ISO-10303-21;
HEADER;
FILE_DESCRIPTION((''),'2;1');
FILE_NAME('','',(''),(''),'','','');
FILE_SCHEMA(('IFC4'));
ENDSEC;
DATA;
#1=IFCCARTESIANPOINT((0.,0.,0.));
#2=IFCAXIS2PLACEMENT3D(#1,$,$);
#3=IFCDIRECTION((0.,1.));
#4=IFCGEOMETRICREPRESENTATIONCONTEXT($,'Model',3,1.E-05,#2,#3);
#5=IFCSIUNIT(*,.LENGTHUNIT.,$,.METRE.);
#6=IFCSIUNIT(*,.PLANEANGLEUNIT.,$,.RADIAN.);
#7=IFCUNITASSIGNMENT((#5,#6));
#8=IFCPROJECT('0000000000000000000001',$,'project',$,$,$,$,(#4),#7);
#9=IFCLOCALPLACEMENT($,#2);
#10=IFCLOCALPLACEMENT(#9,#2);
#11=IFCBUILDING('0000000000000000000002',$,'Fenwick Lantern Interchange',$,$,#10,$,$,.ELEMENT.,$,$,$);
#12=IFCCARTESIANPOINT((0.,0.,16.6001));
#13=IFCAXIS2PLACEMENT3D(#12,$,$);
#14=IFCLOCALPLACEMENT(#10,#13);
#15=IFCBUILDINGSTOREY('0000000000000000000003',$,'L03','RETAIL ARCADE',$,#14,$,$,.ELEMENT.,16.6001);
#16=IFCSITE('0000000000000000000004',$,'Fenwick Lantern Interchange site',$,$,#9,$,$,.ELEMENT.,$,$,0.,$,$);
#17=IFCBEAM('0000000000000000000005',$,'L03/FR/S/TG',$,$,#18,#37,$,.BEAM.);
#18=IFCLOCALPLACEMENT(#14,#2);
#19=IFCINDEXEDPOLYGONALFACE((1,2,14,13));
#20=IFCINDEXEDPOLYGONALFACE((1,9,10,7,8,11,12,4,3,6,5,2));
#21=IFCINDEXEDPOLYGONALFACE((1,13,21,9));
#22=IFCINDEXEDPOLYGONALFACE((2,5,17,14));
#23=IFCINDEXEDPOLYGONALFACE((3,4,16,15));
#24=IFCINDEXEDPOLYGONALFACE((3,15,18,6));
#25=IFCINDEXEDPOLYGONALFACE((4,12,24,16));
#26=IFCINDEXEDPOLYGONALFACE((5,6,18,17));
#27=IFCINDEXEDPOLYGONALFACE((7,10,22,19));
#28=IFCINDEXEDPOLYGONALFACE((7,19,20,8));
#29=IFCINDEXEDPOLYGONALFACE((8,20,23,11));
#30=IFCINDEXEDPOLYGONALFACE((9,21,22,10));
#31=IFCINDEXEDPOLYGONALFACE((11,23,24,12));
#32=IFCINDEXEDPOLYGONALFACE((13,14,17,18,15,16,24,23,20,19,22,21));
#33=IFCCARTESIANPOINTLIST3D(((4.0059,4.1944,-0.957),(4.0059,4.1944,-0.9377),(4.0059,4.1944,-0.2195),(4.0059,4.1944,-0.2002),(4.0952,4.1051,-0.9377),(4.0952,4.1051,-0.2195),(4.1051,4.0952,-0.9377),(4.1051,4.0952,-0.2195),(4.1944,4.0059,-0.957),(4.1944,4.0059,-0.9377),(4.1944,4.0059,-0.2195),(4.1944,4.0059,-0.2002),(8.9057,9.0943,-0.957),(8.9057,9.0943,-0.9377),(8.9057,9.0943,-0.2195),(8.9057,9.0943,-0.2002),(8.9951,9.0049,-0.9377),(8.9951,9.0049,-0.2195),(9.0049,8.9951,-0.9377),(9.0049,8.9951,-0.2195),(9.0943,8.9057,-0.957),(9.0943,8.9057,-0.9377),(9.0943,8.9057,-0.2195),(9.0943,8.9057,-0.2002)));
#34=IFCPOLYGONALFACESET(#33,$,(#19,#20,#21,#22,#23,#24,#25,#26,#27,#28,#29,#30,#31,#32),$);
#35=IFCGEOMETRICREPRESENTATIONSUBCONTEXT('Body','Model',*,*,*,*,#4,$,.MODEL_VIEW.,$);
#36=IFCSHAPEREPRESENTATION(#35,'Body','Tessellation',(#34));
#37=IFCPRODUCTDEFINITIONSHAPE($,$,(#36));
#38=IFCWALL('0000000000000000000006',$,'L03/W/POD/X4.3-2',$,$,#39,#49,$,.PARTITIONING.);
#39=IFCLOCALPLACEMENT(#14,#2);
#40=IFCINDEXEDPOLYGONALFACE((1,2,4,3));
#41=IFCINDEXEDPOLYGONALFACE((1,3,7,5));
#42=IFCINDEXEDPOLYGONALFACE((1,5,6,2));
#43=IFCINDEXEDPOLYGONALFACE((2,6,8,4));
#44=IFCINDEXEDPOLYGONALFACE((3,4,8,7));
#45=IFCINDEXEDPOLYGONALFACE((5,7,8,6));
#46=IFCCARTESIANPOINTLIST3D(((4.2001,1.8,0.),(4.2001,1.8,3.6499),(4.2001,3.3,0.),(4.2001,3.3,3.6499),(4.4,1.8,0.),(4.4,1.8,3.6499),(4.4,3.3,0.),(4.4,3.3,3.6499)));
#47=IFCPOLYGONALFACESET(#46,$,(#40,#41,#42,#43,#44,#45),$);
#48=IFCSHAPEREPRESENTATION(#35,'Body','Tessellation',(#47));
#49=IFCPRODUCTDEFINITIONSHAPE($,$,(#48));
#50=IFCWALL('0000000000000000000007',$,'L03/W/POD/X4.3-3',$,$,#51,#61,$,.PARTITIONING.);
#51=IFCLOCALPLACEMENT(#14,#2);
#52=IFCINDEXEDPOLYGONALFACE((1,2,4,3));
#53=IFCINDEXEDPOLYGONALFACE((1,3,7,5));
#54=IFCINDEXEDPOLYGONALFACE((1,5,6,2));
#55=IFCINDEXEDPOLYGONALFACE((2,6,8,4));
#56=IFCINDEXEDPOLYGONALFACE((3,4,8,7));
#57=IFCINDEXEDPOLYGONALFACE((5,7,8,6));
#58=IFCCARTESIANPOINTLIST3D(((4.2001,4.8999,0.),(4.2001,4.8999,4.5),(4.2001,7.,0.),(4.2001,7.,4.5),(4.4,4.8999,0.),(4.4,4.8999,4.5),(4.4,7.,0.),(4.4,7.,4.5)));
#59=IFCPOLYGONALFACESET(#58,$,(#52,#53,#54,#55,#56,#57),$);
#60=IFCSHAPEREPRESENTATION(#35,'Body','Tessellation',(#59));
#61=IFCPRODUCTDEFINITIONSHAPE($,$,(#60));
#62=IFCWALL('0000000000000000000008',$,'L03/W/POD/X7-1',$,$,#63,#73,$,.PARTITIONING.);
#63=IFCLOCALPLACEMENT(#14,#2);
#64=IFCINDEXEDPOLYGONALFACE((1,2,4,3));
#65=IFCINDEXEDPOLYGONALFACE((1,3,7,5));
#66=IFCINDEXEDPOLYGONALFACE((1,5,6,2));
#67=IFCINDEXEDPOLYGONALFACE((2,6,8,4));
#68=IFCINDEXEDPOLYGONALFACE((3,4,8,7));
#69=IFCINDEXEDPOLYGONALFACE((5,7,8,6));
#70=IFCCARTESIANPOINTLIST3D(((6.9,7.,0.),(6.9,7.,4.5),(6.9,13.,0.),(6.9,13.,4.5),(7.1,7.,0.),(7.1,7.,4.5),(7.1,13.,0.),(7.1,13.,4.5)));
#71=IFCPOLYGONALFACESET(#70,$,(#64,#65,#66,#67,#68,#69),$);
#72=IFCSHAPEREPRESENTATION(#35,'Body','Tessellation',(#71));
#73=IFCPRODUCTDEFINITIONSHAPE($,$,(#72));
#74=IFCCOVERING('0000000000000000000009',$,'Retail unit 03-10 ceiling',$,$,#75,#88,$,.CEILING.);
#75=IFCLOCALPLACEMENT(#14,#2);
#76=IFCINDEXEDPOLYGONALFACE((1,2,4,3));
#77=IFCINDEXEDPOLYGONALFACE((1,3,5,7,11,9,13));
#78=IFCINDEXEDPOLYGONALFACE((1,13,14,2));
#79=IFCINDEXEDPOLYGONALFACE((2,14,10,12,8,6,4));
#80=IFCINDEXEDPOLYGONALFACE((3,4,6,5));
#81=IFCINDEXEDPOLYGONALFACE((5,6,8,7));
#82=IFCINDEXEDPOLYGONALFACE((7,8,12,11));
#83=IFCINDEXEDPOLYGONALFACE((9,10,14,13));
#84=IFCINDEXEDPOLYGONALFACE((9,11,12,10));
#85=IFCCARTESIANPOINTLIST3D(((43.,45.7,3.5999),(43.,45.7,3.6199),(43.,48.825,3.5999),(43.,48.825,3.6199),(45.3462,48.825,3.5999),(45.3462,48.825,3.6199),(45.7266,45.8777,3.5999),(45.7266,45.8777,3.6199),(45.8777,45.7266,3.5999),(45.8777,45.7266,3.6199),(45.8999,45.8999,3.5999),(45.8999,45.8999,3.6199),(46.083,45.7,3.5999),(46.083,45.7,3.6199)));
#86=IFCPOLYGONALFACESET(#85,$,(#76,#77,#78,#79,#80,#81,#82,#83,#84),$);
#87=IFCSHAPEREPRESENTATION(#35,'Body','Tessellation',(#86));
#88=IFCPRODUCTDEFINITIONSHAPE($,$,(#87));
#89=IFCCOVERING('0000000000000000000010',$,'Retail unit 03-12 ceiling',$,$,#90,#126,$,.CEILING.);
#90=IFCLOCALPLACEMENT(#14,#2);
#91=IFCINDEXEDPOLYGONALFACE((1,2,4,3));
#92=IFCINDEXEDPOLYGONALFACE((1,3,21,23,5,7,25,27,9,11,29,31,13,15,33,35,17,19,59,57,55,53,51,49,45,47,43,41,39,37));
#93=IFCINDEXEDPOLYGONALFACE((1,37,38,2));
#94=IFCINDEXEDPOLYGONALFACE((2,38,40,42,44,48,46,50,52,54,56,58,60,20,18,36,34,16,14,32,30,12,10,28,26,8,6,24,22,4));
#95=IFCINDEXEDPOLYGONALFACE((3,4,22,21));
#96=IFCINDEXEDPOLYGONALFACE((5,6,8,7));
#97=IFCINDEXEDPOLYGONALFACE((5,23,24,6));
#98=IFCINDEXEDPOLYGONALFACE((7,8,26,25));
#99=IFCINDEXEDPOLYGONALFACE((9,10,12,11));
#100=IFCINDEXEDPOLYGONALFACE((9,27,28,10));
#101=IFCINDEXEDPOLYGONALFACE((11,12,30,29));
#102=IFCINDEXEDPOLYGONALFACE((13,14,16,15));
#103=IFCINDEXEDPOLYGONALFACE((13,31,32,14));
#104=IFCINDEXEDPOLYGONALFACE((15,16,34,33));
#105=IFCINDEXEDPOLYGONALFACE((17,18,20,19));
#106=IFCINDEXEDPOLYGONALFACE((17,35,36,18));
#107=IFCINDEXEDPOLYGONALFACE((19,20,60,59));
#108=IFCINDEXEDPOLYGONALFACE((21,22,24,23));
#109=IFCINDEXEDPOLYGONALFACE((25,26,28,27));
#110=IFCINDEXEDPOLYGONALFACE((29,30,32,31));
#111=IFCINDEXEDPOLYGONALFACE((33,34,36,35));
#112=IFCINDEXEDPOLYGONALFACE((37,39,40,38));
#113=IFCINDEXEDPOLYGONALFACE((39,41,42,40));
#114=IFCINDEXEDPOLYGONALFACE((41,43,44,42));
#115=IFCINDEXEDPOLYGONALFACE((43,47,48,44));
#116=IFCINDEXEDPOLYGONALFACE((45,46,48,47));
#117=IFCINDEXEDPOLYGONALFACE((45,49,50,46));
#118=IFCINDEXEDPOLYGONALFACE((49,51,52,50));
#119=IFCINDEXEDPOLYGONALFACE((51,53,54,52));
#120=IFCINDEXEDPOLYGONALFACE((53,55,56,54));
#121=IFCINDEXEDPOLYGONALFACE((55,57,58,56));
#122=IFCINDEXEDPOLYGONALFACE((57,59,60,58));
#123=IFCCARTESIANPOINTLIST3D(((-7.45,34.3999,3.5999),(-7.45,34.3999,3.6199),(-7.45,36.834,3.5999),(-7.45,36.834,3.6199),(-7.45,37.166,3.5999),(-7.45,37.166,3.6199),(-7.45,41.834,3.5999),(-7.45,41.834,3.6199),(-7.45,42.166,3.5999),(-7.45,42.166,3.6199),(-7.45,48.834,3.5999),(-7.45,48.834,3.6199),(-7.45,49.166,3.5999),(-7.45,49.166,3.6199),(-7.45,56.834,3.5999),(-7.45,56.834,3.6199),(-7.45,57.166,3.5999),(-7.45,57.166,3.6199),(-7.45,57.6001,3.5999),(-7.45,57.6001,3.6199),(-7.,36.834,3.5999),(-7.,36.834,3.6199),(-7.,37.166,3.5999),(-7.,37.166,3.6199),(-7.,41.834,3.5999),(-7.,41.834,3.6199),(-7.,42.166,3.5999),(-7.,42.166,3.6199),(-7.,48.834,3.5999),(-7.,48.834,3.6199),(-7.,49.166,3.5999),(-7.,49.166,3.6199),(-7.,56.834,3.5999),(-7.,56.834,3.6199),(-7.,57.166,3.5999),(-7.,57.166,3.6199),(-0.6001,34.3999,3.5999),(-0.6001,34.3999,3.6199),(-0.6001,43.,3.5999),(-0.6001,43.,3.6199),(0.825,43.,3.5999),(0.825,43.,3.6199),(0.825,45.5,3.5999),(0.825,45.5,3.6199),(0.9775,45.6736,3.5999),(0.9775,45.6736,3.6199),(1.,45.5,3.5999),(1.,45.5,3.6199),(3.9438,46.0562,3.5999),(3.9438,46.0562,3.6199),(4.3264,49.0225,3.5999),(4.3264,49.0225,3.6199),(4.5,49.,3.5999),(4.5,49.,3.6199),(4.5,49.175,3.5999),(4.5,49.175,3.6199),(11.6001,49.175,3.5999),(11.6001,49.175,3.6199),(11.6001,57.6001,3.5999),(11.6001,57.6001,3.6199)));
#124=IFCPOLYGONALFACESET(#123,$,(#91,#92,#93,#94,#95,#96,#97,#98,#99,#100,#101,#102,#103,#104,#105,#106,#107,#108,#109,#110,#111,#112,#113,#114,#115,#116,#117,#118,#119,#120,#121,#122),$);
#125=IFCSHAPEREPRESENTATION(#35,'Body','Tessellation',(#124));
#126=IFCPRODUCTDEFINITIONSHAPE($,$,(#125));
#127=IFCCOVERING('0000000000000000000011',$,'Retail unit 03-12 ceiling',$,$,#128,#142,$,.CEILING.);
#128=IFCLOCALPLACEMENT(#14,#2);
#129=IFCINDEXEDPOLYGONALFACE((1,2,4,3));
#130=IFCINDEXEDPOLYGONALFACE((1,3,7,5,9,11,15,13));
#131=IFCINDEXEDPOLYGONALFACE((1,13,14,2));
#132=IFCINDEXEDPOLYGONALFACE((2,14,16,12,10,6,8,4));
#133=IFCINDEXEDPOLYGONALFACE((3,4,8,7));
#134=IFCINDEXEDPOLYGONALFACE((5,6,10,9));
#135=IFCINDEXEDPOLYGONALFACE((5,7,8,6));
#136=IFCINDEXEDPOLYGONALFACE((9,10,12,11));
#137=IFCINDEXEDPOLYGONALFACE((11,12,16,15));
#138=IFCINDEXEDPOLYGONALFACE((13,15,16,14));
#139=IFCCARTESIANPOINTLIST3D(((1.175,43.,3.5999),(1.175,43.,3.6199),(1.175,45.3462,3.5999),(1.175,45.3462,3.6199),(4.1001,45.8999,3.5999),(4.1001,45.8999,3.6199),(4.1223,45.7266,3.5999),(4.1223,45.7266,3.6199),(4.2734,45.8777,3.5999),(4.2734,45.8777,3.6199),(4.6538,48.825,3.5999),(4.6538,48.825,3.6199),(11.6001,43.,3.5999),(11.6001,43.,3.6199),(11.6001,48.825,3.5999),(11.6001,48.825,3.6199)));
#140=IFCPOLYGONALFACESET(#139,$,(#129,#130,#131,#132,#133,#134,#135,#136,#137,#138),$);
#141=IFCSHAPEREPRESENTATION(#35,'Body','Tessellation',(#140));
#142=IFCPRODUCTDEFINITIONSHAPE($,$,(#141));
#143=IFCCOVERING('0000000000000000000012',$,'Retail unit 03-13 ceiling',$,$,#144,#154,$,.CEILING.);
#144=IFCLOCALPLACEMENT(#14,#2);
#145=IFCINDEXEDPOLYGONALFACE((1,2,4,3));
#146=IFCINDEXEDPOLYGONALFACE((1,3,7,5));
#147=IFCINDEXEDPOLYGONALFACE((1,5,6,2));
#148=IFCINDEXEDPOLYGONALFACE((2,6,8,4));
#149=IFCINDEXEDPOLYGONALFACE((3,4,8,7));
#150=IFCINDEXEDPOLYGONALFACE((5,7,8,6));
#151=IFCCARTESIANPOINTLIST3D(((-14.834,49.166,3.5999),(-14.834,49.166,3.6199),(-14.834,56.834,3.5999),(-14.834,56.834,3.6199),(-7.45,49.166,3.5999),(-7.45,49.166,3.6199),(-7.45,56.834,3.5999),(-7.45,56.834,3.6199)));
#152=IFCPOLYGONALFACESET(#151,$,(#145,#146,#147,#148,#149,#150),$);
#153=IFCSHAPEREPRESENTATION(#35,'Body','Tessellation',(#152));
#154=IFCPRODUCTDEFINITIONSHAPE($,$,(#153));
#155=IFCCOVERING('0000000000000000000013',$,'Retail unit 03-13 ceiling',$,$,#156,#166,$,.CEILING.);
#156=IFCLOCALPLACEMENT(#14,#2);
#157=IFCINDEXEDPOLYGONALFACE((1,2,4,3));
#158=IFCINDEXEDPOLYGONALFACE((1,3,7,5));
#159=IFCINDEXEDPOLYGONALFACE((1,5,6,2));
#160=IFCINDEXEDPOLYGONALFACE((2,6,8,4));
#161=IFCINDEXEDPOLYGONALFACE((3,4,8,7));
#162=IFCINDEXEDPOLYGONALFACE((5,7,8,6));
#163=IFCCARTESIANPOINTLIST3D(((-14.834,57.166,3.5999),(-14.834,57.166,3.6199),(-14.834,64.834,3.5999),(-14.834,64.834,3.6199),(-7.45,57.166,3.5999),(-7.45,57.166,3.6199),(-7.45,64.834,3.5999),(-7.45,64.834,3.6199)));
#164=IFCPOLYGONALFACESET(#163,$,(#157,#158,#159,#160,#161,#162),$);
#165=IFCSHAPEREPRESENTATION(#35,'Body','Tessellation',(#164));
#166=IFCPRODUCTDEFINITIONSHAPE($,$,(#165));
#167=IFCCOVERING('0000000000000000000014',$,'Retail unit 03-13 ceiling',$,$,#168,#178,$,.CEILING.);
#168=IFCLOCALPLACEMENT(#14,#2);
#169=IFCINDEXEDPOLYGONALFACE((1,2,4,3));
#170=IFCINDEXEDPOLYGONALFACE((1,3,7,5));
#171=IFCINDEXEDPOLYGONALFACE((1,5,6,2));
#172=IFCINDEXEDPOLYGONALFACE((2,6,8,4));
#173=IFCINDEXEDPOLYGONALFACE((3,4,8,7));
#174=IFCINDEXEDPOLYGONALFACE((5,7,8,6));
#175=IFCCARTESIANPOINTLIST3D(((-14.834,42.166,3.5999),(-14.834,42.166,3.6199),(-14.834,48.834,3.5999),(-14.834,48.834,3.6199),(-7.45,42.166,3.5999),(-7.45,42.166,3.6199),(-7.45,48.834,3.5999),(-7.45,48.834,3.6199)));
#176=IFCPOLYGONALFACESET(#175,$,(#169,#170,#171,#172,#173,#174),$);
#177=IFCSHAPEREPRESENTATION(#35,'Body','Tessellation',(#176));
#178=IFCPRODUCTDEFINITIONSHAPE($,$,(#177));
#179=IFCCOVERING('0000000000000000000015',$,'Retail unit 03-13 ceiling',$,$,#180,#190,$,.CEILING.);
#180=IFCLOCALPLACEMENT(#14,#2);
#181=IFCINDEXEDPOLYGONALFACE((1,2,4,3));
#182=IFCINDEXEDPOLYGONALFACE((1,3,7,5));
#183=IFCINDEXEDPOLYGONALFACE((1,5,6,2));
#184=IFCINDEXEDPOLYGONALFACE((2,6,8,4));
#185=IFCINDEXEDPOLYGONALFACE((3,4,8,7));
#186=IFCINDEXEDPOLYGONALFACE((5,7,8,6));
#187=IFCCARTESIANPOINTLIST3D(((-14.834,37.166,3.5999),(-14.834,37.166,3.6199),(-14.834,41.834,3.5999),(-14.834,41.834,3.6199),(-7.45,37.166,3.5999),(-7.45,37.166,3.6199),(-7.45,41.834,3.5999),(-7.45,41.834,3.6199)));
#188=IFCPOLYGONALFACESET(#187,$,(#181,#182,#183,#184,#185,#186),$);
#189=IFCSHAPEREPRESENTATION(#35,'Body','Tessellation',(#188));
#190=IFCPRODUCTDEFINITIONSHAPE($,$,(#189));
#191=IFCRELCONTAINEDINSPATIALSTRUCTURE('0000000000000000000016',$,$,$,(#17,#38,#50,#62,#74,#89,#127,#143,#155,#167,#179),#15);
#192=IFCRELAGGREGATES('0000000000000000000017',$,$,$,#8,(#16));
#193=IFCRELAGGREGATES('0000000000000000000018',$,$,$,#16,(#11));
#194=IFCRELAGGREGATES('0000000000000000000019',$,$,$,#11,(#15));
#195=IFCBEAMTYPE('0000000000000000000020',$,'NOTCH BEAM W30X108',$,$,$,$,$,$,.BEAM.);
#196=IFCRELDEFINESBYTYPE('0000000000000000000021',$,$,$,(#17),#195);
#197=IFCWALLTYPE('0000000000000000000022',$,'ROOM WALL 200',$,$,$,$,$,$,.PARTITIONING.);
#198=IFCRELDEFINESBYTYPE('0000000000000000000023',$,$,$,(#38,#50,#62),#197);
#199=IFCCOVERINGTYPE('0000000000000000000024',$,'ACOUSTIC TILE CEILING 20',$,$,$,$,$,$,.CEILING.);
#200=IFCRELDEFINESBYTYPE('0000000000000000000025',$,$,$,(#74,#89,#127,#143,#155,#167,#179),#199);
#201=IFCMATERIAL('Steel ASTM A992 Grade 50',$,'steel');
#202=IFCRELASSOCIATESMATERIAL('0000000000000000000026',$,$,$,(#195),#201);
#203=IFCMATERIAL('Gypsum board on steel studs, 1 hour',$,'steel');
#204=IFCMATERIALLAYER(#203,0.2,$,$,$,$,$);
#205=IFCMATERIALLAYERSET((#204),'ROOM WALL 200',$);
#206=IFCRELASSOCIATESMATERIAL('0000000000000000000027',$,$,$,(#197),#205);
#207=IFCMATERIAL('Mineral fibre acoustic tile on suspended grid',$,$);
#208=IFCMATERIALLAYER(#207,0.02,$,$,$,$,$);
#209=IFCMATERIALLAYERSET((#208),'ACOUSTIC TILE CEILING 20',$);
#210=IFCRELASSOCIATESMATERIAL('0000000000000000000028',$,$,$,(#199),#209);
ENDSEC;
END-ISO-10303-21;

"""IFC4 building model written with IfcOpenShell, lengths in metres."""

from ifc_helpers import new_model, si_unit, direction, frame, frame_2d, origin, origin_2d, place, context, subcontext, project, spatial, polyline, rectangle, i_section, outline, extrude, material, layer, layer_set, material_profile, profile_set, type_object, element, save


model = new_model("IFC4")

# Units and contexts
model_context = context("Model", 3, precision=1e-05, world=origin(), true_north=direction((0.0, 1.0)))
body_context = subcontext(model_context, "Body", "Model", "MODEL_VIEW")
ifc_project = project(units=[si_unit("LENGTHUNIT", "METRE"), si_unit("PLANEANGLEUNIT", "RADIAN")], contexts=[model_context])

# Site, building, storey
site_placement = place(None, origin())
site = spatial("IfcSite", under=ifc_project, at=site_placement, Name="Fenwick Lantern Interchange site", CompositionType="ELEMENT", RefElevation=0.0)
building_placement = place(site_placement, origin())
building = spatial("IfcBuilding", under=site, at=building_placement, Name="Fenwick Lantern Interchange", CompositionType="ELEMENT")
storey_placement = place(building_placement, frame((0.0, 0.0, 16.6001)))
storey = spatial("IfcBuildingStorey", under=building, at=storey_placement, Name="L03", Description="RETAIL ARCADE", CompositionType="ELEMENT", Elevation=16.6001)

# Shared definitions
ifc_material_1 = material(Name="Steel ASTM A992 Grade 50", Category="steel")

# Beam
ifc_material_profile_1 = material_profile(ifc_material_1, i_section(OverallWidth=0.2666, OverallDepth=0.7568, WebThickness=0.0139, FlangeThickness=0.0193, at=origin_2d()), Name="W30X108")
ifc_profile_set_1 = profile_set([ifc_material_profile_1], Name="Steel ASTM A992 Grade 50")
beam_type_1 = type_object("IfcBeamType", Name="NOTCH BEAM W30X108", PredefinedType="BEAM", material=ifc_profile_set_1)
beam_1_placement = place(storey_placement, frame((9.0, 9.0, -0.5786), z_axis=(-0.707107, -0.707107, 0.0), x_axis=(0.707107, -0.707107, 0.0)))
element("IfcBeam", 1, at=beam_1_placement, inside=storey, type_object=beam_type_1, Name="L03/FR/S/TG", PredefinedType="BEAM", context=body_context, shape_type="SweptSolid", body=[
    extrude(i_section(OverallWidth=0.2666, OverallDepth=0.7568, WebThickness=0.0139, FlangeThickness=0.0193, at=origin_2d()), origin(), (0.0, 0.0, 1.0), 6.9294),
])

# Walls
ifc_material_2 = material(Name="Gypsum board on steel studs, 1 hour", Category="steel")
ifc_layer_1 = layer(ifc_material_2, 0.2)
ifc_layer_set_1 = layer_set([ifc_layer_1], Name="ROOM WALL 200")
wall_type = type_object("IfcWallType", Name="ROOM WALL 200", PredefinedType="PARTITIONING", material=ifc_layer_set_1)
wall_1_placement = place(storey_placement, frame((4.3, 1.8, 0.0), z_axis=(0.0, 0.0, 1.0), x_axis=(0.0, 1.0, 0.0)))
element("IfcWall", 2, at=wall_1_placement, inside=storey, type_object=wall_type, Name="L03/W/POD/X4.3-2", PredefinedType="PARTITIONING", context=body_context, shape_type="SweptSolid", body=[
    extrude(rectangle(XDim=1.5, YDim=0.2, at=frame_2d((0.75, 0.0))), origin(), (0.0, 0.0, 1.0), 3.6499),
])
wall_2_placement = place(storey_placement, frame((4.3, 4.8999, 0.0), z_axis=(0.0, 0.0, 1.0), x_axis=(0.0, 1.0, 0.0)))
element("IfcWall", 3, at=wall_2_placement, inside=storey, type_object=wall_type, Name="L03/W/POD/X4.3-3", PredefinedType="PARTITIONING", context=body_context, shape_type="SweptSolid", body=[
    extrude(rectangle(XDim=2.1001, YDim=0.2, at=frame_2d((1.05, 0.0))), origin(), (0.0, 0.0, 1.0), 4.5),
])
wall_3_placement = place(storey_placement, frame((7.0, 7.0, 0.0), z_axis=(0.0, 0.0, 1.0), x_axis=(0.0, 1.0, 0.0)))
element("IfcWall", 4, at=wall_3_placement, inside=storey, type_object=wall_type, Name="L03/W/POD/X7-1", PredefinedType="PARTITIONING", context=body_context, shape_type="SweptSolid", body=[
    extrude(rectangle(XDim=6.0, YDim=0.2, at=frame_2d((3.0, 0.0))), origin(), (0.0, 0.0, 1.0), 4.5),
])

# Coverings
ifc_material_3 = material(Name="Mineral fibre acoustic tile on suspended grid")
ifc_layer_2 = layer(ifc_material_3, 0.02)
ifc_layer_set_2 = layer_set([ifc_layer_2], Name="ACOUSTIC TILE CEILING 20")
covering_type = type_object("IfcCoveringType", Name="ACOUSTIC TILE CEILING 20", PredefinedType="CEILING", material=ifc_layer_set_2)
covering_1_placement = place(storey_placement, frame((0.0, 0.0, 3.5999)))
element("IfcCovering", 5, at=covering_1_placement, inside=storey, type_object=covering_type, Name="Retail unit 03-10 ceiling", PredefinedType="CEILING", context=body_context, shape_type="SweptSolid", body=[
    extrude(outline(polyline([(43.0, 48.825), (43.0, 45.7), (46.083, 45.7), (45.8777, 45.7266), (45.8999, 45.8999), (45.7266, 45.8777), (45.3462, 48.825), (43.0, 48.825)])), origin(), (0.0, 0.0, 1.0), 0.02),
])
covering_2_placement = place(storey_placement, frame((0.0, 0.0, 3.5999)))
element("IfcCovering", 6, at=covering_2_placement, inside=storey, type_object=covering_type, Name="Retail unit 03-12 ceiling", PredefinedType="CEILING", context=body_context, shape_type="SweptSolid", body=[
    extrude(outline(polyline([(-7.45, 36.834), (-7.45, 34.3999), (-0.6001, 34.3999), (-0.6001, 43.0), (0.825, 43.0), (0.825, 45.5), (1.0, 45.5), (0.9775, 45.6736), (3.9438, 46.0562), (4.3264, 49.0225), (4.5, 49.0), (4.5, 49.175), (11.6001, 49.175), (11.6001, 57.6001), (-7.45, 57.6001), (-7.45, 57.166), (-7.0, 57.166), (-7.0, 56.834), (-7.45, 56.834), (-7.45, 49.166), (-7.0, 49.166), (-7.0, 48.834), (-7.45, 48.834), (-7.45, 42.166), (-7.0, 42.166), (-7.0, 41.834), (-7.45, 41.834), (-7.45, 37.166), (-7.0, 37.166), (-7.0, 36.834), (-7.45, 36.834)])), origin(), (0.0, 0.0, 1.0), 0.02),
])
covering_3_placement = place(storey_placement, frame((0.0, 0.0, 3.5999)))
element("IfcCovering", 7, at=covering_3_placement, inside=storey, type_object=covering_type, Name="Retail unit 03-12 ceiling", PredefinedType="CEILING", context=body_context, shape_type="SweptSolid", body=[
    extrude(outline(polyline([(11.6001, 43.0), (11.6001, 48.825), (4.6538, 48.825), (4.2734, 45.8777), (4.1001, 45.8999), (4.1223, 45.7266), (1.175, 45.3462), (1.175, 43.0), (11.6001, 43.0)])), origin(), (0.0, 0.0, 1.0), 0.02),
])
covering_4_placement = place(storey_placement, frame((0.0, 0.0, 3.5999)))
element("IfcCovering", 8, at=covering_4_placement, inside=storey, type_object=covering_type, Name="Retail unit 03-13 ceiling", PredefinedType="CEILING", context=body_context, shape_type="SweptSolid", body=[
    extrude(outline(polyline([(-7.45, 49.166), (-7.45, 56.834), (-14.834, 56.834), (-14.834, 49.166), (-7.45, 49.166)])), origin(), (0.0, 0.0, 1.0), 0.02),
])
covering_5_placement = place(storey_placement, frame((0.0, 0.0, 3.5999)))
element("IfcCovering", 9, at=covering_5_placement, inside=storey, type_object=covering_type, Name="Retail unit 03-13 ceiling", PredefinedType="CEILING", context=body_context, shape_type="SweptSolid", body=[
    extrude(outline(polyline([(-7.45, 57.166), (-7.45, 64.834), (-14.834, 64.834), (-14.834, 57.166), (-7.45, 57.166)])), origin(), (0.0, 0.0, 1.0), 0.02),
])
covering_6_placement = place(storey_placement, frame((0.0, 0.0, 3.5999)))
element("IfcCovering", 10, at=covering_6_placement, inside=storey, type_object=covering_type, Name="Retail unit 03-13 ceiling", PredefinedType="CEILING", context=body_context, shape_type="SweptSolid", body=[
    extrude(outline(polyline([(-7.45, 42.166), (-7.45, 48.834), (-14.834, 48.834), (-14.834, 42.166), (-7.45, 42.166)])), origin(), (0.0, 0.0, 1.0), 0.02),
])
covering_7_placement = place(storey_placement, frame((0.0, 0.0, 3.5999)))
element("IfcCovering", 11, at=covering_7_placement, inside=storey, type_object=covering_type, Name="Retail unit 03-13 ceiling", PredefinedType="CEILING", context=body_context, shape_type="SweptSolid", body=[
    extrude(outline(polyline([(-7.45, 37.166), (-7.45, 41.834), (-14.834, 41.834), (-14.834, 37.166), (-7.45, 37.166)])), origin(), (0.0, 0.0, 1.0), 0.02),
])

save(model, "model.ifc")
